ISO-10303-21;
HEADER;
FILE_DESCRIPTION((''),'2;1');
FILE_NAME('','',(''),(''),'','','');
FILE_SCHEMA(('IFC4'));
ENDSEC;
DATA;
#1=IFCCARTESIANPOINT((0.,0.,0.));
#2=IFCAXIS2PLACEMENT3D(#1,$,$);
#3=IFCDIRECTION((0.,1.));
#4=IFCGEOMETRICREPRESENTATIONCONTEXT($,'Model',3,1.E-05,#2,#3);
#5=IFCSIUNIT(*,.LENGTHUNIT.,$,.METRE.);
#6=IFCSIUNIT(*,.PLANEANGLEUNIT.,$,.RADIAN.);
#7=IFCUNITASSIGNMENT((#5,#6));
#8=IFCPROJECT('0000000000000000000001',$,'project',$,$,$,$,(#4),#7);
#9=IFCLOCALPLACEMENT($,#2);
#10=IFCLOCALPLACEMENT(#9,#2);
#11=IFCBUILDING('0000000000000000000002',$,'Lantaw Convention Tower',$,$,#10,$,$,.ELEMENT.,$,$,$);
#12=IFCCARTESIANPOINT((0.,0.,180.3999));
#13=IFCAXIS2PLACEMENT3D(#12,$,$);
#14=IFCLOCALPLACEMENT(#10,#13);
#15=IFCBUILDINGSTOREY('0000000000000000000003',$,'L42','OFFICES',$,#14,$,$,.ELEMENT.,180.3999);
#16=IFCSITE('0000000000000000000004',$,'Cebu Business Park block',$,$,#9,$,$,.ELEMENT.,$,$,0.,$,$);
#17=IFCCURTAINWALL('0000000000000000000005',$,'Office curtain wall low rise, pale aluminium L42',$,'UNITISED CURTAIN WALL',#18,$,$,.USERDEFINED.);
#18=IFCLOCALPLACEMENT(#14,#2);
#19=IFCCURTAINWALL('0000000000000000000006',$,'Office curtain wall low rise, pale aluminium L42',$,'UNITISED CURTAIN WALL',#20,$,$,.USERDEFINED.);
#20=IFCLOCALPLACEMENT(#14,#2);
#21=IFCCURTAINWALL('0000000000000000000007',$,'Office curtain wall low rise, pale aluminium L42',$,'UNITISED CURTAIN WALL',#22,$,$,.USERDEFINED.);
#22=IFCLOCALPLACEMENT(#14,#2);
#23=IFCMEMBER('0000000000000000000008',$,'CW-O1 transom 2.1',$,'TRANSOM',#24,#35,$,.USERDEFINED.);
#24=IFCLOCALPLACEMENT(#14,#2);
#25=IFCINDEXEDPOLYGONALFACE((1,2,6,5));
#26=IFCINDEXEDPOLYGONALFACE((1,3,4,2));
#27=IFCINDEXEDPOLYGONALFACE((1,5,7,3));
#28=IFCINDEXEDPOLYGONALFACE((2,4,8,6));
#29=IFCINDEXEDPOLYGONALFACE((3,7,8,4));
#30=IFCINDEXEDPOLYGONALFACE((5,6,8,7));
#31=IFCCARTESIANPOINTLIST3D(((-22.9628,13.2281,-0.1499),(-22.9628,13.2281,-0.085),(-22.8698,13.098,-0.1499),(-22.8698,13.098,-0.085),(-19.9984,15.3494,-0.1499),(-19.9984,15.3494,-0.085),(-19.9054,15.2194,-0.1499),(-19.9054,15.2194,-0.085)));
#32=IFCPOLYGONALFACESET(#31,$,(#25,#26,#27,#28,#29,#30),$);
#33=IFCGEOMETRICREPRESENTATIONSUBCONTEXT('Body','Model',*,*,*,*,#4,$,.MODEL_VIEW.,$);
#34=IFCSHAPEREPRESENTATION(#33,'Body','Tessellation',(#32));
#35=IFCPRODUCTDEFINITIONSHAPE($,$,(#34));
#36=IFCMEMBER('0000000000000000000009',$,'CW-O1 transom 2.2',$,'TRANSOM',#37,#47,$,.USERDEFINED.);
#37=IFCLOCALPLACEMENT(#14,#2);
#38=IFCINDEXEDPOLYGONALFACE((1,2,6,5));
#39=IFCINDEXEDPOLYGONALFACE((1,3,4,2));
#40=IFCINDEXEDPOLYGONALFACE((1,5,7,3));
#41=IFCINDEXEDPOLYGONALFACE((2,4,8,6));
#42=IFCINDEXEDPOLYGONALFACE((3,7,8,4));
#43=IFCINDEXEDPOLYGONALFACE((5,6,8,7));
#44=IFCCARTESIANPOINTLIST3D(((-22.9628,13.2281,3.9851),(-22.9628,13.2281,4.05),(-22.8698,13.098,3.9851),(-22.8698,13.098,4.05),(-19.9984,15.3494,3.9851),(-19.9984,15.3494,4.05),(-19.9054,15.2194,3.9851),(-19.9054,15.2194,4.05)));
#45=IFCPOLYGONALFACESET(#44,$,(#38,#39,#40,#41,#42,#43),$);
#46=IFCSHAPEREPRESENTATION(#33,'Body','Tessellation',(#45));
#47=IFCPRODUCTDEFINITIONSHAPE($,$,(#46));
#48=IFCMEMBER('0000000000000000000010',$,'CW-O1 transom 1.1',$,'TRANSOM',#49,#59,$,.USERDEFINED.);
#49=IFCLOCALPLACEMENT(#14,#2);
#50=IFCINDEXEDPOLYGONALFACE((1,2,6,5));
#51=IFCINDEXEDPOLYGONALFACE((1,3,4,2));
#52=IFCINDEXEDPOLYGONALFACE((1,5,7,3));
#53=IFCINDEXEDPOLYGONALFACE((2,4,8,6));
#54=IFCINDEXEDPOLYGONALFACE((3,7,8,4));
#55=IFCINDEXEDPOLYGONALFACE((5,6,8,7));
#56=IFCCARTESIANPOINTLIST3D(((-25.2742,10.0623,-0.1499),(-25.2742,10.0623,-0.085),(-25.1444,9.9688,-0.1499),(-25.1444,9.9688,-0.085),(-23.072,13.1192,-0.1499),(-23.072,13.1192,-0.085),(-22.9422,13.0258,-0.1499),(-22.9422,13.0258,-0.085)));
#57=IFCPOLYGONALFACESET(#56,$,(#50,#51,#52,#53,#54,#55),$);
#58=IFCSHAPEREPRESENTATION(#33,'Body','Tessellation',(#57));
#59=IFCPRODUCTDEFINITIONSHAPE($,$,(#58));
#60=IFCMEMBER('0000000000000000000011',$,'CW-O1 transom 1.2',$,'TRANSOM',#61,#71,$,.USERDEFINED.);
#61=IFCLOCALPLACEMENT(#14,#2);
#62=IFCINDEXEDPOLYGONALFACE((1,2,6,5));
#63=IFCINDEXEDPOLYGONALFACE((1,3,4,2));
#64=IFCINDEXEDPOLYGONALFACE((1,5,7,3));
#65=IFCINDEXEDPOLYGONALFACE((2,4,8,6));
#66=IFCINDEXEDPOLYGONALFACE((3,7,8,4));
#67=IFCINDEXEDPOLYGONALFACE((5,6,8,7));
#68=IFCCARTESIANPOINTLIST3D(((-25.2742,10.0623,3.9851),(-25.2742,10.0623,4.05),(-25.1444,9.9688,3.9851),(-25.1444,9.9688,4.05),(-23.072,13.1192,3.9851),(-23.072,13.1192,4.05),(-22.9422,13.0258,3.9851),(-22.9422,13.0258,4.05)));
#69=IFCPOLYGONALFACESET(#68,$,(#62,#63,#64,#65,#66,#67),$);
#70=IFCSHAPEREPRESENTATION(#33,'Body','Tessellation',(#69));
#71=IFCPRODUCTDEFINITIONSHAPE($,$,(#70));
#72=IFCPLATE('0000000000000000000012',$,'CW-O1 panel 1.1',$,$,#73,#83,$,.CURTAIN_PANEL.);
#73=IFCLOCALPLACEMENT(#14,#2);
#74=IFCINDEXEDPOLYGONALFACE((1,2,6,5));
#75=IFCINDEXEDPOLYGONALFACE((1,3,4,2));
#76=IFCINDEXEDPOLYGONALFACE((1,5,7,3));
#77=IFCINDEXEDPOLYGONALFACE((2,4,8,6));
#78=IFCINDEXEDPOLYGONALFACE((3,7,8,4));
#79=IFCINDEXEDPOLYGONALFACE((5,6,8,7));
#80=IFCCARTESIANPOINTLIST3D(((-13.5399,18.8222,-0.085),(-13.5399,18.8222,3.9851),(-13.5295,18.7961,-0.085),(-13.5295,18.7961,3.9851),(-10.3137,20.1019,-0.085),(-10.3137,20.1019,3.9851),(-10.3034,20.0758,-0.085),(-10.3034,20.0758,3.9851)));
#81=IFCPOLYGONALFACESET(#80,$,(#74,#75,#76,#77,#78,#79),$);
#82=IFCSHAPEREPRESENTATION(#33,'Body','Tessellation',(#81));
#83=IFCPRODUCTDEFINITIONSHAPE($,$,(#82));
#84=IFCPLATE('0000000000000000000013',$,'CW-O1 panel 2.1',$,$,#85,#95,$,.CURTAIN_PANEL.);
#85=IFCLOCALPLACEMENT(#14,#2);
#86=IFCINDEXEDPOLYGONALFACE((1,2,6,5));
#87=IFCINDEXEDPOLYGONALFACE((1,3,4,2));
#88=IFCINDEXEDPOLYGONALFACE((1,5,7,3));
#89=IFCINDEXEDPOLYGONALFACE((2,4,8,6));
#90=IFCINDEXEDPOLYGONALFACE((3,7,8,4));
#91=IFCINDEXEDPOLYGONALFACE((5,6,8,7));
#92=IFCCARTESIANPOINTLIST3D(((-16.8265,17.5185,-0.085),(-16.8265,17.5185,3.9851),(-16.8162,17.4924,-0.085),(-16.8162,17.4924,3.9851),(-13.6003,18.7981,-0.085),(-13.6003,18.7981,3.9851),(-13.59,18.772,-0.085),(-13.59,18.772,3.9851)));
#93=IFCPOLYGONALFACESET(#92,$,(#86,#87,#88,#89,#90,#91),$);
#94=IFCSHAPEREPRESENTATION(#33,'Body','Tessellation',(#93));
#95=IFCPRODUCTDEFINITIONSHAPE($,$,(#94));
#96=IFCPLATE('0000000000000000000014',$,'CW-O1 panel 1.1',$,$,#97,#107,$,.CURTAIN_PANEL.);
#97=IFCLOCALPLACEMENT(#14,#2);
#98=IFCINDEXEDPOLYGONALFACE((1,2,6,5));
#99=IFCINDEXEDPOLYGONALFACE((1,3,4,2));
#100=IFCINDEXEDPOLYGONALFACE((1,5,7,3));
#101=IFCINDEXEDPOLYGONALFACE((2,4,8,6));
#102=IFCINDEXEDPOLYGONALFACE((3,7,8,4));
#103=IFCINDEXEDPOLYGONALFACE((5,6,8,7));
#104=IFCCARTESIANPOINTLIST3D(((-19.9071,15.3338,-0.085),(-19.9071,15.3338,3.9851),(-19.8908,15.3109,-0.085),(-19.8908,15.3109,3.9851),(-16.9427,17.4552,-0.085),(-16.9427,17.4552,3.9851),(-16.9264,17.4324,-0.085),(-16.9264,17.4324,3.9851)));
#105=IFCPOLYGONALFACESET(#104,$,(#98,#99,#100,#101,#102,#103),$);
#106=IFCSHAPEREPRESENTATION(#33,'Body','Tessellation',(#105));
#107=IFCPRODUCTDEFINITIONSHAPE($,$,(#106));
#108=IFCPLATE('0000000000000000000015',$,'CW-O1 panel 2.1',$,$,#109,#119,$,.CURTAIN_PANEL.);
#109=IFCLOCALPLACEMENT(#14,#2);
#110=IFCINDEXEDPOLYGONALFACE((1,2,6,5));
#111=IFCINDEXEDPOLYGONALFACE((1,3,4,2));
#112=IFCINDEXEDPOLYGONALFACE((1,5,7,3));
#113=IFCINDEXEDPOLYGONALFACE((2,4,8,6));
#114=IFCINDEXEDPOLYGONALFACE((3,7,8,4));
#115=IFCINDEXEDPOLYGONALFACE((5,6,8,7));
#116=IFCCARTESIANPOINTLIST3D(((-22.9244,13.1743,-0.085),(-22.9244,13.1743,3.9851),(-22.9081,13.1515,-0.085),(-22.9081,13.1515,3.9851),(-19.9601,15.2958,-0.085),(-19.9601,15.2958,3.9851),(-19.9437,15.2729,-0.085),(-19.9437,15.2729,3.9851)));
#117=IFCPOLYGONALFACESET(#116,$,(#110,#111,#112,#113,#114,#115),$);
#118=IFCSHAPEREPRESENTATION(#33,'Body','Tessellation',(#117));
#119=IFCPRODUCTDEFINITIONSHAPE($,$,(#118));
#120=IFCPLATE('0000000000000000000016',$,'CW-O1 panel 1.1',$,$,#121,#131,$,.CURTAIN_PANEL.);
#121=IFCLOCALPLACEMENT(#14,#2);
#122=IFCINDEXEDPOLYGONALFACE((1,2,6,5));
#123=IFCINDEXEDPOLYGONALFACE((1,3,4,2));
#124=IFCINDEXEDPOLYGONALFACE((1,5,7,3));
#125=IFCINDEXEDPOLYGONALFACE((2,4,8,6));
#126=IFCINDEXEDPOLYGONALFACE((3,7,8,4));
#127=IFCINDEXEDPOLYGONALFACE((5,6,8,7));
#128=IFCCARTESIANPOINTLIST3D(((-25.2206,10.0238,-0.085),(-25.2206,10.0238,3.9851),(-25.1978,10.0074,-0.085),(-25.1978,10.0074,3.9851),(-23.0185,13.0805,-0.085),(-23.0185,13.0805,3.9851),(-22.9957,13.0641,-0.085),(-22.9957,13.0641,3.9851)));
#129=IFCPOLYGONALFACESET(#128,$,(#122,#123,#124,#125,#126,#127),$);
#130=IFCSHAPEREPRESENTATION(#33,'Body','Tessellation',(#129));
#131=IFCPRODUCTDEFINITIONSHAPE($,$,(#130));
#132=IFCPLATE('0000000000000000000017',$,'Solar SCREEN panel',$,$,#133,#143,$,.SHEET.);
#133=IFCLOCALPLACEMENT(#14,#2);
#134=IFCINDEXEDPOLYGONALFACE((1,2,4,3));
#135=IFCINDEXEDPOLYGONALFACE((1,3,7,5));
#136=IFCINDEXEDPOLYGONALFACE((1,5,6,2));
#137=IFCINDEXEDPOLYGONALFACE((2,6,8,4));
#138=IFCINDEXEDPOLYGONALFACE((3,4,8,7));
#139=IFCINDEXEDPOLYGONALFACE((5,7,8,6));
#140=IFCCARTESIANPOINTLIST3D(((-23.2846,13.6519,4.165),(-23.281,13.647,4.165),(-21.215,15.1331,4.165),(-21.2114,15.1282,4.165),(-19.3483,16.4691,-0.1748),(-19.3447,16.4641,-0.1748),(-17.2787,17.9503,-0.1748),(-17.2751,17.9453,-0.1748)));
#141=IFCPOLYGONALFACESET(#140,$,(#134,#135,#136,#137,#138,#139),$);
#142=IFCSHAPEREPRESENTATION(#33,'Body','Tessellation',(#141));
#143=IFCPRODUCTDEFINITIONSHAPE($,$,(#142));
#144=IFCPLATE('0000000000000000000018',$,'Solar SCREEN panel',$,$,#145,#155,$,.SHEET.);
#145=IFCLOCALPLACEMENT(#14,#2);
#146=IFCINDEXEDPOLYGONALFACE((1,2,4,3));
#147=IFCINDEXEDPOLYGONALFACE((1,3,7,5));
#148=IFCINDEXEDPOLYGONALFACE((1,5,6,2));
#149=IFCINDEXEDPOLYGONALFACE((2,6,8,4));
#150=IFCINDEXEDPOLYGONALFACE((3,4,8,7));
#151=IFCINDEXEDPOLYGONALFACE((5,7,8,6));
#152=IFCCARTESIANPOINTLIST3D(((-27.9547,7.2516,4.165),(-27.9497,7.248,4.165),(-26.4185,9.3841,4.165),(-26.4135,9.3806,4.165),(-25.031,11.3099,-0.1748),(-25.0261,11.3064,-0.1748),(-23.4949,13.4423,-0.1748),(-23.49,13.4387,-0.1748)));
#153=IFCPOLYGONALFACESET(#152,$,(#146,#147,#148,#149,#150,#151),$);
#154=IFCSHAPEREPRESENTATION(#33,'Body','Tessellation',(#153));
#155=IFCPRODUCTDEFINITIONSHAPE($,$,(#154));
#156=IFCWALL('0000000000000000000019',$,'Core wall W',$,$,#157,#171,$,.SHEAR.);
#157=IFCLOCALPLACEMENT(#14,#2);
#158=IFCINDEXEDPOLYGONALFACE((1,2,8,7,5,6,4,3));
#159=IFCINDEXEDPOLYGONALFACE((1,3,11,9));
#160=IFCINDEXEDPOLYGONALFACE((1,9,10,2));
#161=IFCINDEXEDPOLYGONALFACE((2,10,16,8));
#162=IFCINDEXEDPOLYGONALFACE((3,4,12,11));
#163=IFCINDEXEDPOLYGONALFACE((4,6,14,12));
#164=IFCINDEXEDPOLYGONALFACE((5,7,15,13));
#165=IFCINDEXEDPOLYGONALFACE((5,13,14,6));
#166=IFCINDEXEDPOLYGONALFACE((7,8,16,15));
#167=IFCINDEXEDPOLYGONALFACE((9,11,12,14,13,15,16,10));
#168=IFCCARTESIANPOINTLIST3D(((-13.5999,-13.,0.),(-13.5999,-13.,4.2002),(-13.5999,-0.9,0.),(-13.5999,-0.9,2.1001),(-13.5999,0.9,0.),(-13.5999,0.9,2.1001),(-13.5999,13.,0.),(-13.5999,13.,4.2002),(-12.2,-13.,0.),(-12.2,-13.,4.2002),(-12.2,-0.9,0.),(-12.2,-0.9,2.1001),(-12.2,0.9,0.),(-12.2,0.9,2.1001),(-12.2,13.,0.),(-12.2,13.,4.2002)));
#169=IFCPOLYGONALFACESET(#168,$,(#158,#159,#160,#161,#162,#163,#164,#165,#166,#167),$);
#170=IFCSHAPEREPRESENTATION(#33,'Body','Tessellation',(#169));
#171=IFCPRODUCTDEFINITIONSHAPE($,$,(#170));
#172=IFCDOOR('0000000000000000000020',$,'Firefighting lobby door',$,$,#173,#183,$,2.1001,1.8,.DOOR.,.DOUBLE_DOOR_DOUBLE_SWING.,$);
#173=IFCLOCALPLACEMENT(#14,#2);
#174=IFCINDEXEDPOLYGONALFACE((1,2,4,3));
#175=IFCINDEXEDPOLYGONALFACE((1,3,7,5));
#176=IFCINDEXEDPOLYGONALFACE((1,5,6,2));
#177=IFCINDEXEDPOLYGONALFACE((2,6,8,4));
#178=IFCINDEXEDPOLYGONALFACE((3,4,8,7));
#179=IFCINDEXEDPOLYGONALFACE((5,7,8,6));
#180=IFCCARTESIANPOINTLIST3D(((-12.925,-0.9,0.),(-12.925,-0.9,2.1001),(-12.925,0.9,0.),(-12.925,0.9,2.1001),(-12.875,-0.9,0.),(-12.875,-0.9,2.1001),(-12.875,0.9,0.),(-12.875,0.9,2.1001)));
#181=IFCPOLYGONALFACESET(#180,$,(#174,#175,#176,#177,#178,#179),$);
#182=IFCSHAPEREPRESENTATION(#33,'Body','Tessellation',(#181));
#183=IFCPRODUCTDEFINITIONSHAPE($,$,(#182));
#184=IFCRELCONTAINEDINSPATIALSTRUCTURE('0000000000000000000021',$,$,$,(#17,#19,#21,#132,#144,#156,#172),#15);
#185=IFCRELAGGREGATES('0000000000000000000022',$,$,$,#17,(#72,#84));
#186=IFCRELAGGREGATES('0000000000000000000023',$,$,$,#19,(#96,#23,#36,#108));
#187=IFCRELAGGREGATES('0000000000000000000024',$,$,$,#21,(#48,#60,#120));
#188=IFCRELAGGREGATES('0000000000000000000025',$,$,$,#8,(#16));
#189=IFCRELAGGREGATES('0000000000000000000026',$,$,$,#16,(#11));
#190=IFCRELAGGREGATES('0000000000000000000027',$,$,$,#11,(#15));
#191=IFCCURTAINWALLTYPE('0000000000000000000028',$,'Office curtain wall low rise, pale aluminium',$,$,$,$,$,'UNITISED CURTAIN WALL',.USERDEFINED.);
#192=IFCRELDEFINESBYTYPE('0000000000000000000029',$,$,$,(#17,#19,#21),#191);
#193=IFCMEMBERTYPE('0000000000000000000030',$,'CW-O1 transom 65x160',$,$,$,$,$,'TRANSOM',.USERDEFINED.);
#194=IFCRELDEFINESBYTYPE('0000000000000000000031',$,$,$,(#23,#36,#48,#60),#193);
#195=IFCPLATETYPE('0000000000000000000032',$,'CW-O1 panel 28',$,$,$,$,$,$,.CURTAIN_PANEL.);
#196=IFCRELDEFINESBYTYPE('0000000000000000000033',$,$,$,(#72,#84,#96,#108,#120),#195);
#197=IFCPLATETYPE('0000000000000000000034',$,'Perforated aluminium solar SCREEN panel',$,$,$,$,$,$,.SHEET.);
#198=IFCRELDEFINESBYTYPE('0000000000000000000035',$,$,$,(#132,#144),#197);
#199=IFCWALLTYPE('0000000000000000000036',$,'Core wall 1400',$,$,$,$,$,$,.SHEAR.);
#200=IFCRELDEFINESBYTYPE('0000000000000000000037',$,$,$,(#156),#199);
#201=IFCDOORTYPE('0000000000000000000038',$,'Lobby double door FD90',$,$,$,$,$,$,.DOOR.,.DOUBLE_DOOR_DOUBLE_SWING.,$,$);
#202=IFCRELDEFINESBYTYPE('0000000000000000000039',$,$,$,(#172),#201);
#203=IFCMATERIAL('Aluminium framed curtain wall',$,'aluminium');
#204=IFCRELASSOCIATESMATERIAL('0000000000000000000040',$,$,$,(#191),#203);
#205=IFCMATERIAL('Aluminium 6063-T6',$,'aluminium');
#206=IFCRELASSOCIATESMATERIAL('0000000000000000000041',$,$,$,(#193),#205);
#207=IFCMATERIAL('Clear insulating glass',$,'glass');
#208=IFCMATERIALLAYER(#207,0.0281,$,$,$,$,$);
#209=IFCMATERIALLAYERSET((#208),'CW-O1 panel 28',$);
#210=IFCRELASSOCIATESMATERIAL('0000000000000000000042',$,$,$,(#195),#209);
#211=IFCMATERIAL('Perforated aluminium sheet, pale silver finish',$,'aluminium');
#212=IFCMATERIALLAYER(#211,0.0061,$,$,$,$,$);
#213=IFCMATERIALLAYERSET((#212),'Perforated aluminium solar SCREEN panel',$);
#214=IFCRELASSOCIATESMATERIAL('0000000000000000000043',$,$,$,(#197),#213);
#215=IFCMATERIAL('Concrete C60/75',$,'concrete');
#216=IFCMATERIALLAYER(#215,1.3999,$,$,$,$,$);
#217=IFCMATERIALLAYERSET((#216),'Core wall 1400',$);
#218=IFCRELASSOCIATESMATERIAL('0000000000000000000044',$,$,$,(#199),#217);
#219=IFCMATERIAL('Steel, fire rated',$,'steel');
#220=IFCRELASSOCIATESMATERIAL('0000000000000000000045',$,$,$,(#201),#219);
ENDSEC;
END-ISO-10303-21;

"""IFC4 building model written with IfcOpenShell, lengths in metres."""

from ifc_helpers import new_model, si_unit, direction, frame, frame_2d, origin, origin_2d, place, context, subcontext, project, spatial, polyline, rectangle, outline, extrude, material, layer, layer_set, material_profile, profile_set, type_object, element, fill, aggregate, save


model = new_model("IFC4")

# Units and contexts
model_context = context("Model", 3, precision=1e-05, world=origin(), true_north=direction((0.0, 1.0)))
body_context = subcontext(model_context, "Body", "Model", "MODEL_VIEW")
ifc_project = project(units=[si_unit("LENGTHUNIT", "METRE"), si_unit("PLANEANGLEUNIT", "RADIAN")], contexts=[model_context])

# Site, building, storey
site_placement = place(None, origin())
site = spatial("IfcSite", under=ifc_project, at=site_placement, Name="Cebu Business Park block", CompositionType="ELEMENT", RefElevation=0.0)
building_placement = place(site_placement, origin())
building = spatial("IfcBuilding", under=site, at=building_placement, Name="Lantaw Convention Tower", CompositionType="ELEMENT")
storey_placement = place(building_placement, frame((0.0, 0.0, 180.3999)))
storey = spatial("IfcBuildingStorey", under=building, at=storey_placement, Name="L42", Description="OFFICES", CompositionType="ELEMENT", Elevation=180.3999)

# Shared definitions
ifc_material_1 = material(Name="Concrete C60/75", Category="concrete")

# Curtain walls
ifc_material_2 = material(Name="Aluminium framed curtain wall", Category="aluminium")
curtain_wall_type = type_object("IfcCurtainWallType", Name="Office curtain wall low rise, pale aluminium", ElementType="UNITISED CURTAIN WALL", PredefinedType="USERDEFINED", material=ifc_material_2)
curtain_wall_1_placement = place(storey_placement, origin())
curtain_wall_1 = element("IfcCurtainWall", 1, at=curtain_wall_1_placement, inside=storey, type_object=curtain_wall_type, Name="Office curtain wall low rise, pale aluminium L42", ObjectType="UNITISED CURTAIN WALL", PredefinedType="USERDEFINED")
ifc_material_3 = material(Name="Aluminium 6063-T6", Category="aluminium")
curtain_wall_2_placement = place(storey_placement, origin())
curtain_wall_2 = element("IfcCurtainWall", 2, at=curtain_wall_2_placement, inside=storey, type_object=curtain_wall_type, Name="Office curtain wall low rise, pale aluminium L42", ObjectType="UNITISED CURTAIN WALL", PredefinedType="USERDEFINED")
curtain_wall_3_placement = place(storey_placement, origin())
curtain_wall_3 = element("IfcCurtainWall", 3, at=curtain_wall_3_placement, inside=storey, type_object=curtain_wall_type, Name="Office curtain wall low rise, pale aluminium L42", ObjectType="UNITISED CURTAIN WALL", PredefinedType="USERDEFINED")

# Members
ifc_material_profile_1 = material_profile(ifc_material_3, rectangle(XDim=0.1599, YDim=0.0649, at=origin_2d()), Name="CW-O1 transom 65x160")
ifc_profile_set_1 = profile_set([ifc_material_profile_1], Name="Aluminium 6063-T6")
member_type_1 = type_object("IfcMemberType", Name="CW-O1 transom 65x160", ElementType="TRANSOM", PredefinedType="USERDEFINED", material=ifc_profile_set_1)
member_1_placement = place(storey_placement, frame((-19.9519, 15.2844, -0.1174), z_axis=(-0.813222, -0.581954, 0.0), x_axis=(0.581954, -0.813222, 0.0)))
member_1 = element("IfcMember", 4, at=member_1_placement, type_object=member_type_1, Name="CW-O1 transom 2.1", ObjectType="TRANSOM", PredefinedType="USERDEFINED", context=body_context, shape_type="SweptSolid", body=[
    extrude(rectangle(XDim=0.1599, YDim=0.0649, at=origin_2d()), origin(), (0.0, 0.0, 1.0), 3.6453),
])
member_2_placement = place(storey_placement, frame((-19.9519, 15.2844, 4.0176), z_axis=(-0.813222, -0.581954, 0.0), x_axis=(0.581954, -0.813222, 0.0)))
member_2 = element("IfcMember", 5, at=member_2_placement, type_object=member_type_1, Name="CW-O1 transom 2.2", ObjectType="TRANSOM", PredefinedType="USERDEFINED", context=body_context, shape_type="SweptSolid", body=[
    extrude(rectangle(XDim=0.1599, YDim=0.0649, at=origin_2d()), origin(), (0.0, 0.0, 1.0), 3.6453),
])
member_3_placement = place(storey_placement, frame((-23.0071, 13.0725, -0.1174), z_axis=(-0.584513, -0.811384, 0.0), x_axis=(0.811384, -0.584513, 0.0)))
member_3 = element("IfcMember", 6, at=member_3_placement, type_object=member_type_1, Name="CW-O1 transom 1.1", ObjectType="TRANSOM", PredefinedType="USERDEFINED", context=body_context, shape_type="SweptSolid", body=[
    extrude(rectangle(XDim=0.1599, YDim=0.0649, at=origin_2d()), origin(), (0.0, 0.0, 1.0), 3.7676),
])
member_4_placement = place(storey_placement, frame((-23.0071, 13.0725, 4.0176), z_axis=(-0.584513, -0.811384, 0.0), x_axis=(0.811384, -0.584513, 0.0)))
member_4 = element("IfcMember", 7, at=member_4_placement, type_object=member_type_1, Name="CW-O1 transom 1.2", ObjectType="TRANSOM", PredefinedType="USERDEFINED", context=body_context, shape_type="SweptSolid", body=[
    extrude(rectangle(XDim=0.1599, YDim=0.0649, at=origin_2d()), origin(), (0.0, 0.0, 1.0), 3.7676),
])

# Plates
ifc_material_4 = material(Name="Clear insulating glass", Category="glass")
ifc_layer_1 = layer(ifc_material_4, 0.0281)
ifc_layer_set_1 = layer_set([ifc_layer_1], Name="CW-O1 panel 28")
plate_type_1 = type_object("IfcPlateType", Name="CW-O1 panel 28", PredefinedType="CURTAIN_PANEL", material=ifc_layer_set_1)
plate_1_placement = place(storey_placement, frame((-11.9216, 19.449, -0.085), z_axis=(0.0, 0.0, 1.0), x_axis=(-0.929548, -0.368702, 0.0)))
plate_1 = element("IfcPlate", 8, at=plate_1_placement, type_object=plate_type_1, Name="CW-O1 panel 1.1", PredefinedType="CURTAIN_PANEL", context=body_context, shape_type="SweptSolid", body=[
    extrude(rectangle(XDim=3.4707, YDim=0.0281, at=origin_2d()), origin(), (0.0, 0.0, 1.0), 4.0701),
])
plate_2_placement = place(storey_placement, frame((-15.2083, 18.1453, -0.085), z_axis=(0.0, 0.0, 1.0), x_axis=(-0.929548, -0.368702, 0.0)))
plate_2 = element("IfcPlate", 9, at=plate_2_placement, type_object=plate_type_1, Name="CW-O1 panel 2.1", PredefinedType="CURTAIN_PANEL", context=body_context, shape_type="SweptSolid", body=[
    extrude(rectangle(XDim=3.4707, YDim=0.0281, at=origin_2d()), origin(), (0.0, 0.0, 1.0), 4.0701),
])
aggregate(curtain_wall_1, [plate_1, plate_2])
plate_3_placement = place(storey_placement, frame((-18.4167, 16.3831, -0.085), z_axis=(0.0, 0.0, 1.0), x_axis=(-0.813208, -0.581973, 0.0)))
plate_3 = element("IfcPlate", 10, at=plate_3_placement, type_object=plate_type_1, Name="CW-O1 panel 1.1", PredefinedType="CURTAIN_PANEL", context=body_context, shape_type="SweptSolid", body=[
    extrude(rectangle(XDim=3.6453, YDim=0.0281, at=origin_2d()), origin(), (0.0, 0.0, 1.0), 4.0701),
])
plate_4_placement = place(storey_placement, frame((-21.4341, 14.2236, -0.085), z_axis=(0.0, 0.0, 1.0), x_axis=(-0.813208, -0.581973, 0.0)))
plate_4 = element("IfcPlate", 11, at=plate_4_placement, type_object=plate_type_1, Name="CW-O1 panel 2.1", PredefinedType="CURTAIN_PANEL", context=body_context, shape_type="SweptSolid", body=[
    extrude(rectangle(XDim=3.6453, YDim=0.0281, at=origin_2d()), origin(), (0.0, 0.0, 1.0), 4.0701),
])
aggregate(curtain_wall_2, [plate_3, member_1, member_2, plate_4])
plate_5_placement = place(storey_placement, frame((-24.1082, 11.5439, -0.085), z_axis=(0.0, 0.0, 1.0), x_axis=(-0.584513, -0.811385, 0.0)))
plate_5 = element("IfcPlate", 12, at=plate_5_placement, type_object=plate_type_1, Name="CW-O1 panel 1.1", PredefinedType="CURTAIN_PANEL", context=body_context, shape_type="SweptSolid", body=[
    extrude(rectangle(XDim=3.7673, YDim=0.0281, at=origin_2d()), origin(), (0.0, 0.0, 1.0), 4.0701),
])
aggregate(curtain_wall_3, [member_3, member_4, plate_5])

# Plates
ifc_material_5 = material(Name="Perforated aluminium sheet, pale silver finish", Category="aluminium")
ifc_layer_2 = layer(ifc_material_5, 0.0061)
ifc_layer_set_2 = layer_set([ifc_layer_2], Name="Perforated aluminium solar SCREEN panel")
plate_type_2 = type_object("IfcPlateType", Name="Perforated aluminium solar SCREEN panel", PredefinedType="SHEET", material=ifc_layer_set_2)
plate_6_placement = place(storey_placement, frame((-17.2751, 17.9453, -0.1748), z_axis=(0.582, -0.813189, 0.000012), x_axis=(-0.813189, -0.582, 0.0)))
element("IfcPlate", 13, at=plate_6_placement, inside=storey, type_object=plate_type_2, Name="Solar SCREEN panel", PredefinedType="SHEET", context=body_context, shape_type="SweptSolid", body=[
    extrude(outline(polyline([(0.0, 0.0), (2.545, 0.0), (7.3855, -4.3398), (4.8405, -4.3398), (0.0, 0.0)])), origin(), (0.0, 0.0, -1.0), 0.0061),
])
plate_7_placement = place(storey_placement, frame((-23.49, 13.4387, -0.1748), z_axis=(0.811395, -0.584498, 0.000036), x_axis=(-0.584498, -0.811395, 0.0)))
element("IfcPlate", 14, at=plate_7_placement, inside=storey, type_object=plate_type_2, Name="Solar SCREEN panel", PredefinedType="SHEET", context=body_context, shape_type="SweptSolid", body=[
    extrude(outline(polyline([(0.0, 0.0), (2.628, 0.0), (7.6298, -4.3398), (5.0016, -4.3398), (0.0, 0.0)])), origin(), (0.0, 0.0, -1.0), 0.0061),
])

# Wall, opening, door
ifc_layer_3 = layer(ifc_material_1, 1.3999)
ifc_layer_set_3 = layer_set([ifc_layer_3], Name="Core wall 1400")
wall_type_1 = type_object("IfcWallType", Name="Core wall 1400", PredefinedType="SHEAR", material=ifc_layer_set_3)
wall_1_placement = place(storey_placement, frame((-12.8999, 13.0, 0.0), z_axis=(0.0, 0.0, 1.0), x_axis=(0.0, -1.0, 0.0)))
wall_1 = element("IfcWall", 15, at=wall_1_placement, inside=storey, type_object=wall_type_1, Name="Core wall W", PredefinedType="SHEAR", context=body_context, shape_type="SweptSolid", body=[
    extrude(rectangle(XDim=26.0, YDim=1.3999, at=frame_2d((13.0, 0.0))), origin(), (0.0, 0.0, 1.0), 4.2002),
])
opening_placement = place(wall_1_placement, frame((12.1001, 0.0, 0.0)))
opening = element("IfcOpeningElement", 16, at=opening_placement, cuts=wall_1, PredefinedType="OPENING", context=body_context, shape_type="SweptSolid", body=[
    extrude(rectangle(XDim=1.8, YDim=2.1001, at=frame_2d((0.8999, 1.05))), frame((0.0, 0.71, 0.0), z_axis=(0.0, -1.0, 0.0), x_axis=(1.0, 0.0, 0.0)), (0.0, 0.0, 1.0), 1.4199),
])
ifc_material_6 = material(Name="Steel, fire rated", Category="steel")
door_type = type_object("IfcDoorType", Name="Lobby double door FD90", OperationType="DOUBLE_DOOR_DOUBLE_SWING", PredefinedType="DOOR", material=ifc_material_6)
door_placement = place(opening_placement, origin())
door = element("IfcDoor", 17, at=door_placement, inside=storey, type_object=door_type, Name="Firefighting lobby door", OperationType="DOUBLE_DOOR_DOUBLE_SWING", OverallHeight=2.1001, OverallWidth=1.8, PredefinedType="DOOR", context=body_context, shape_type="SweptSolid", body=[
    extrude(rectangle(XDim=1.8, YDim=2.1001, at=frame_2d((0.8999, 1.05))), frame((0.0, 0.0249, 0.0), z_axis=(0.0, -1.0, 0.0), x_axis=(1.0, 0.0, 0.0)), (0.0, 0.0, 1.0), 0.05),
])
fill(opening, door)

save(model, "model.ifc")
